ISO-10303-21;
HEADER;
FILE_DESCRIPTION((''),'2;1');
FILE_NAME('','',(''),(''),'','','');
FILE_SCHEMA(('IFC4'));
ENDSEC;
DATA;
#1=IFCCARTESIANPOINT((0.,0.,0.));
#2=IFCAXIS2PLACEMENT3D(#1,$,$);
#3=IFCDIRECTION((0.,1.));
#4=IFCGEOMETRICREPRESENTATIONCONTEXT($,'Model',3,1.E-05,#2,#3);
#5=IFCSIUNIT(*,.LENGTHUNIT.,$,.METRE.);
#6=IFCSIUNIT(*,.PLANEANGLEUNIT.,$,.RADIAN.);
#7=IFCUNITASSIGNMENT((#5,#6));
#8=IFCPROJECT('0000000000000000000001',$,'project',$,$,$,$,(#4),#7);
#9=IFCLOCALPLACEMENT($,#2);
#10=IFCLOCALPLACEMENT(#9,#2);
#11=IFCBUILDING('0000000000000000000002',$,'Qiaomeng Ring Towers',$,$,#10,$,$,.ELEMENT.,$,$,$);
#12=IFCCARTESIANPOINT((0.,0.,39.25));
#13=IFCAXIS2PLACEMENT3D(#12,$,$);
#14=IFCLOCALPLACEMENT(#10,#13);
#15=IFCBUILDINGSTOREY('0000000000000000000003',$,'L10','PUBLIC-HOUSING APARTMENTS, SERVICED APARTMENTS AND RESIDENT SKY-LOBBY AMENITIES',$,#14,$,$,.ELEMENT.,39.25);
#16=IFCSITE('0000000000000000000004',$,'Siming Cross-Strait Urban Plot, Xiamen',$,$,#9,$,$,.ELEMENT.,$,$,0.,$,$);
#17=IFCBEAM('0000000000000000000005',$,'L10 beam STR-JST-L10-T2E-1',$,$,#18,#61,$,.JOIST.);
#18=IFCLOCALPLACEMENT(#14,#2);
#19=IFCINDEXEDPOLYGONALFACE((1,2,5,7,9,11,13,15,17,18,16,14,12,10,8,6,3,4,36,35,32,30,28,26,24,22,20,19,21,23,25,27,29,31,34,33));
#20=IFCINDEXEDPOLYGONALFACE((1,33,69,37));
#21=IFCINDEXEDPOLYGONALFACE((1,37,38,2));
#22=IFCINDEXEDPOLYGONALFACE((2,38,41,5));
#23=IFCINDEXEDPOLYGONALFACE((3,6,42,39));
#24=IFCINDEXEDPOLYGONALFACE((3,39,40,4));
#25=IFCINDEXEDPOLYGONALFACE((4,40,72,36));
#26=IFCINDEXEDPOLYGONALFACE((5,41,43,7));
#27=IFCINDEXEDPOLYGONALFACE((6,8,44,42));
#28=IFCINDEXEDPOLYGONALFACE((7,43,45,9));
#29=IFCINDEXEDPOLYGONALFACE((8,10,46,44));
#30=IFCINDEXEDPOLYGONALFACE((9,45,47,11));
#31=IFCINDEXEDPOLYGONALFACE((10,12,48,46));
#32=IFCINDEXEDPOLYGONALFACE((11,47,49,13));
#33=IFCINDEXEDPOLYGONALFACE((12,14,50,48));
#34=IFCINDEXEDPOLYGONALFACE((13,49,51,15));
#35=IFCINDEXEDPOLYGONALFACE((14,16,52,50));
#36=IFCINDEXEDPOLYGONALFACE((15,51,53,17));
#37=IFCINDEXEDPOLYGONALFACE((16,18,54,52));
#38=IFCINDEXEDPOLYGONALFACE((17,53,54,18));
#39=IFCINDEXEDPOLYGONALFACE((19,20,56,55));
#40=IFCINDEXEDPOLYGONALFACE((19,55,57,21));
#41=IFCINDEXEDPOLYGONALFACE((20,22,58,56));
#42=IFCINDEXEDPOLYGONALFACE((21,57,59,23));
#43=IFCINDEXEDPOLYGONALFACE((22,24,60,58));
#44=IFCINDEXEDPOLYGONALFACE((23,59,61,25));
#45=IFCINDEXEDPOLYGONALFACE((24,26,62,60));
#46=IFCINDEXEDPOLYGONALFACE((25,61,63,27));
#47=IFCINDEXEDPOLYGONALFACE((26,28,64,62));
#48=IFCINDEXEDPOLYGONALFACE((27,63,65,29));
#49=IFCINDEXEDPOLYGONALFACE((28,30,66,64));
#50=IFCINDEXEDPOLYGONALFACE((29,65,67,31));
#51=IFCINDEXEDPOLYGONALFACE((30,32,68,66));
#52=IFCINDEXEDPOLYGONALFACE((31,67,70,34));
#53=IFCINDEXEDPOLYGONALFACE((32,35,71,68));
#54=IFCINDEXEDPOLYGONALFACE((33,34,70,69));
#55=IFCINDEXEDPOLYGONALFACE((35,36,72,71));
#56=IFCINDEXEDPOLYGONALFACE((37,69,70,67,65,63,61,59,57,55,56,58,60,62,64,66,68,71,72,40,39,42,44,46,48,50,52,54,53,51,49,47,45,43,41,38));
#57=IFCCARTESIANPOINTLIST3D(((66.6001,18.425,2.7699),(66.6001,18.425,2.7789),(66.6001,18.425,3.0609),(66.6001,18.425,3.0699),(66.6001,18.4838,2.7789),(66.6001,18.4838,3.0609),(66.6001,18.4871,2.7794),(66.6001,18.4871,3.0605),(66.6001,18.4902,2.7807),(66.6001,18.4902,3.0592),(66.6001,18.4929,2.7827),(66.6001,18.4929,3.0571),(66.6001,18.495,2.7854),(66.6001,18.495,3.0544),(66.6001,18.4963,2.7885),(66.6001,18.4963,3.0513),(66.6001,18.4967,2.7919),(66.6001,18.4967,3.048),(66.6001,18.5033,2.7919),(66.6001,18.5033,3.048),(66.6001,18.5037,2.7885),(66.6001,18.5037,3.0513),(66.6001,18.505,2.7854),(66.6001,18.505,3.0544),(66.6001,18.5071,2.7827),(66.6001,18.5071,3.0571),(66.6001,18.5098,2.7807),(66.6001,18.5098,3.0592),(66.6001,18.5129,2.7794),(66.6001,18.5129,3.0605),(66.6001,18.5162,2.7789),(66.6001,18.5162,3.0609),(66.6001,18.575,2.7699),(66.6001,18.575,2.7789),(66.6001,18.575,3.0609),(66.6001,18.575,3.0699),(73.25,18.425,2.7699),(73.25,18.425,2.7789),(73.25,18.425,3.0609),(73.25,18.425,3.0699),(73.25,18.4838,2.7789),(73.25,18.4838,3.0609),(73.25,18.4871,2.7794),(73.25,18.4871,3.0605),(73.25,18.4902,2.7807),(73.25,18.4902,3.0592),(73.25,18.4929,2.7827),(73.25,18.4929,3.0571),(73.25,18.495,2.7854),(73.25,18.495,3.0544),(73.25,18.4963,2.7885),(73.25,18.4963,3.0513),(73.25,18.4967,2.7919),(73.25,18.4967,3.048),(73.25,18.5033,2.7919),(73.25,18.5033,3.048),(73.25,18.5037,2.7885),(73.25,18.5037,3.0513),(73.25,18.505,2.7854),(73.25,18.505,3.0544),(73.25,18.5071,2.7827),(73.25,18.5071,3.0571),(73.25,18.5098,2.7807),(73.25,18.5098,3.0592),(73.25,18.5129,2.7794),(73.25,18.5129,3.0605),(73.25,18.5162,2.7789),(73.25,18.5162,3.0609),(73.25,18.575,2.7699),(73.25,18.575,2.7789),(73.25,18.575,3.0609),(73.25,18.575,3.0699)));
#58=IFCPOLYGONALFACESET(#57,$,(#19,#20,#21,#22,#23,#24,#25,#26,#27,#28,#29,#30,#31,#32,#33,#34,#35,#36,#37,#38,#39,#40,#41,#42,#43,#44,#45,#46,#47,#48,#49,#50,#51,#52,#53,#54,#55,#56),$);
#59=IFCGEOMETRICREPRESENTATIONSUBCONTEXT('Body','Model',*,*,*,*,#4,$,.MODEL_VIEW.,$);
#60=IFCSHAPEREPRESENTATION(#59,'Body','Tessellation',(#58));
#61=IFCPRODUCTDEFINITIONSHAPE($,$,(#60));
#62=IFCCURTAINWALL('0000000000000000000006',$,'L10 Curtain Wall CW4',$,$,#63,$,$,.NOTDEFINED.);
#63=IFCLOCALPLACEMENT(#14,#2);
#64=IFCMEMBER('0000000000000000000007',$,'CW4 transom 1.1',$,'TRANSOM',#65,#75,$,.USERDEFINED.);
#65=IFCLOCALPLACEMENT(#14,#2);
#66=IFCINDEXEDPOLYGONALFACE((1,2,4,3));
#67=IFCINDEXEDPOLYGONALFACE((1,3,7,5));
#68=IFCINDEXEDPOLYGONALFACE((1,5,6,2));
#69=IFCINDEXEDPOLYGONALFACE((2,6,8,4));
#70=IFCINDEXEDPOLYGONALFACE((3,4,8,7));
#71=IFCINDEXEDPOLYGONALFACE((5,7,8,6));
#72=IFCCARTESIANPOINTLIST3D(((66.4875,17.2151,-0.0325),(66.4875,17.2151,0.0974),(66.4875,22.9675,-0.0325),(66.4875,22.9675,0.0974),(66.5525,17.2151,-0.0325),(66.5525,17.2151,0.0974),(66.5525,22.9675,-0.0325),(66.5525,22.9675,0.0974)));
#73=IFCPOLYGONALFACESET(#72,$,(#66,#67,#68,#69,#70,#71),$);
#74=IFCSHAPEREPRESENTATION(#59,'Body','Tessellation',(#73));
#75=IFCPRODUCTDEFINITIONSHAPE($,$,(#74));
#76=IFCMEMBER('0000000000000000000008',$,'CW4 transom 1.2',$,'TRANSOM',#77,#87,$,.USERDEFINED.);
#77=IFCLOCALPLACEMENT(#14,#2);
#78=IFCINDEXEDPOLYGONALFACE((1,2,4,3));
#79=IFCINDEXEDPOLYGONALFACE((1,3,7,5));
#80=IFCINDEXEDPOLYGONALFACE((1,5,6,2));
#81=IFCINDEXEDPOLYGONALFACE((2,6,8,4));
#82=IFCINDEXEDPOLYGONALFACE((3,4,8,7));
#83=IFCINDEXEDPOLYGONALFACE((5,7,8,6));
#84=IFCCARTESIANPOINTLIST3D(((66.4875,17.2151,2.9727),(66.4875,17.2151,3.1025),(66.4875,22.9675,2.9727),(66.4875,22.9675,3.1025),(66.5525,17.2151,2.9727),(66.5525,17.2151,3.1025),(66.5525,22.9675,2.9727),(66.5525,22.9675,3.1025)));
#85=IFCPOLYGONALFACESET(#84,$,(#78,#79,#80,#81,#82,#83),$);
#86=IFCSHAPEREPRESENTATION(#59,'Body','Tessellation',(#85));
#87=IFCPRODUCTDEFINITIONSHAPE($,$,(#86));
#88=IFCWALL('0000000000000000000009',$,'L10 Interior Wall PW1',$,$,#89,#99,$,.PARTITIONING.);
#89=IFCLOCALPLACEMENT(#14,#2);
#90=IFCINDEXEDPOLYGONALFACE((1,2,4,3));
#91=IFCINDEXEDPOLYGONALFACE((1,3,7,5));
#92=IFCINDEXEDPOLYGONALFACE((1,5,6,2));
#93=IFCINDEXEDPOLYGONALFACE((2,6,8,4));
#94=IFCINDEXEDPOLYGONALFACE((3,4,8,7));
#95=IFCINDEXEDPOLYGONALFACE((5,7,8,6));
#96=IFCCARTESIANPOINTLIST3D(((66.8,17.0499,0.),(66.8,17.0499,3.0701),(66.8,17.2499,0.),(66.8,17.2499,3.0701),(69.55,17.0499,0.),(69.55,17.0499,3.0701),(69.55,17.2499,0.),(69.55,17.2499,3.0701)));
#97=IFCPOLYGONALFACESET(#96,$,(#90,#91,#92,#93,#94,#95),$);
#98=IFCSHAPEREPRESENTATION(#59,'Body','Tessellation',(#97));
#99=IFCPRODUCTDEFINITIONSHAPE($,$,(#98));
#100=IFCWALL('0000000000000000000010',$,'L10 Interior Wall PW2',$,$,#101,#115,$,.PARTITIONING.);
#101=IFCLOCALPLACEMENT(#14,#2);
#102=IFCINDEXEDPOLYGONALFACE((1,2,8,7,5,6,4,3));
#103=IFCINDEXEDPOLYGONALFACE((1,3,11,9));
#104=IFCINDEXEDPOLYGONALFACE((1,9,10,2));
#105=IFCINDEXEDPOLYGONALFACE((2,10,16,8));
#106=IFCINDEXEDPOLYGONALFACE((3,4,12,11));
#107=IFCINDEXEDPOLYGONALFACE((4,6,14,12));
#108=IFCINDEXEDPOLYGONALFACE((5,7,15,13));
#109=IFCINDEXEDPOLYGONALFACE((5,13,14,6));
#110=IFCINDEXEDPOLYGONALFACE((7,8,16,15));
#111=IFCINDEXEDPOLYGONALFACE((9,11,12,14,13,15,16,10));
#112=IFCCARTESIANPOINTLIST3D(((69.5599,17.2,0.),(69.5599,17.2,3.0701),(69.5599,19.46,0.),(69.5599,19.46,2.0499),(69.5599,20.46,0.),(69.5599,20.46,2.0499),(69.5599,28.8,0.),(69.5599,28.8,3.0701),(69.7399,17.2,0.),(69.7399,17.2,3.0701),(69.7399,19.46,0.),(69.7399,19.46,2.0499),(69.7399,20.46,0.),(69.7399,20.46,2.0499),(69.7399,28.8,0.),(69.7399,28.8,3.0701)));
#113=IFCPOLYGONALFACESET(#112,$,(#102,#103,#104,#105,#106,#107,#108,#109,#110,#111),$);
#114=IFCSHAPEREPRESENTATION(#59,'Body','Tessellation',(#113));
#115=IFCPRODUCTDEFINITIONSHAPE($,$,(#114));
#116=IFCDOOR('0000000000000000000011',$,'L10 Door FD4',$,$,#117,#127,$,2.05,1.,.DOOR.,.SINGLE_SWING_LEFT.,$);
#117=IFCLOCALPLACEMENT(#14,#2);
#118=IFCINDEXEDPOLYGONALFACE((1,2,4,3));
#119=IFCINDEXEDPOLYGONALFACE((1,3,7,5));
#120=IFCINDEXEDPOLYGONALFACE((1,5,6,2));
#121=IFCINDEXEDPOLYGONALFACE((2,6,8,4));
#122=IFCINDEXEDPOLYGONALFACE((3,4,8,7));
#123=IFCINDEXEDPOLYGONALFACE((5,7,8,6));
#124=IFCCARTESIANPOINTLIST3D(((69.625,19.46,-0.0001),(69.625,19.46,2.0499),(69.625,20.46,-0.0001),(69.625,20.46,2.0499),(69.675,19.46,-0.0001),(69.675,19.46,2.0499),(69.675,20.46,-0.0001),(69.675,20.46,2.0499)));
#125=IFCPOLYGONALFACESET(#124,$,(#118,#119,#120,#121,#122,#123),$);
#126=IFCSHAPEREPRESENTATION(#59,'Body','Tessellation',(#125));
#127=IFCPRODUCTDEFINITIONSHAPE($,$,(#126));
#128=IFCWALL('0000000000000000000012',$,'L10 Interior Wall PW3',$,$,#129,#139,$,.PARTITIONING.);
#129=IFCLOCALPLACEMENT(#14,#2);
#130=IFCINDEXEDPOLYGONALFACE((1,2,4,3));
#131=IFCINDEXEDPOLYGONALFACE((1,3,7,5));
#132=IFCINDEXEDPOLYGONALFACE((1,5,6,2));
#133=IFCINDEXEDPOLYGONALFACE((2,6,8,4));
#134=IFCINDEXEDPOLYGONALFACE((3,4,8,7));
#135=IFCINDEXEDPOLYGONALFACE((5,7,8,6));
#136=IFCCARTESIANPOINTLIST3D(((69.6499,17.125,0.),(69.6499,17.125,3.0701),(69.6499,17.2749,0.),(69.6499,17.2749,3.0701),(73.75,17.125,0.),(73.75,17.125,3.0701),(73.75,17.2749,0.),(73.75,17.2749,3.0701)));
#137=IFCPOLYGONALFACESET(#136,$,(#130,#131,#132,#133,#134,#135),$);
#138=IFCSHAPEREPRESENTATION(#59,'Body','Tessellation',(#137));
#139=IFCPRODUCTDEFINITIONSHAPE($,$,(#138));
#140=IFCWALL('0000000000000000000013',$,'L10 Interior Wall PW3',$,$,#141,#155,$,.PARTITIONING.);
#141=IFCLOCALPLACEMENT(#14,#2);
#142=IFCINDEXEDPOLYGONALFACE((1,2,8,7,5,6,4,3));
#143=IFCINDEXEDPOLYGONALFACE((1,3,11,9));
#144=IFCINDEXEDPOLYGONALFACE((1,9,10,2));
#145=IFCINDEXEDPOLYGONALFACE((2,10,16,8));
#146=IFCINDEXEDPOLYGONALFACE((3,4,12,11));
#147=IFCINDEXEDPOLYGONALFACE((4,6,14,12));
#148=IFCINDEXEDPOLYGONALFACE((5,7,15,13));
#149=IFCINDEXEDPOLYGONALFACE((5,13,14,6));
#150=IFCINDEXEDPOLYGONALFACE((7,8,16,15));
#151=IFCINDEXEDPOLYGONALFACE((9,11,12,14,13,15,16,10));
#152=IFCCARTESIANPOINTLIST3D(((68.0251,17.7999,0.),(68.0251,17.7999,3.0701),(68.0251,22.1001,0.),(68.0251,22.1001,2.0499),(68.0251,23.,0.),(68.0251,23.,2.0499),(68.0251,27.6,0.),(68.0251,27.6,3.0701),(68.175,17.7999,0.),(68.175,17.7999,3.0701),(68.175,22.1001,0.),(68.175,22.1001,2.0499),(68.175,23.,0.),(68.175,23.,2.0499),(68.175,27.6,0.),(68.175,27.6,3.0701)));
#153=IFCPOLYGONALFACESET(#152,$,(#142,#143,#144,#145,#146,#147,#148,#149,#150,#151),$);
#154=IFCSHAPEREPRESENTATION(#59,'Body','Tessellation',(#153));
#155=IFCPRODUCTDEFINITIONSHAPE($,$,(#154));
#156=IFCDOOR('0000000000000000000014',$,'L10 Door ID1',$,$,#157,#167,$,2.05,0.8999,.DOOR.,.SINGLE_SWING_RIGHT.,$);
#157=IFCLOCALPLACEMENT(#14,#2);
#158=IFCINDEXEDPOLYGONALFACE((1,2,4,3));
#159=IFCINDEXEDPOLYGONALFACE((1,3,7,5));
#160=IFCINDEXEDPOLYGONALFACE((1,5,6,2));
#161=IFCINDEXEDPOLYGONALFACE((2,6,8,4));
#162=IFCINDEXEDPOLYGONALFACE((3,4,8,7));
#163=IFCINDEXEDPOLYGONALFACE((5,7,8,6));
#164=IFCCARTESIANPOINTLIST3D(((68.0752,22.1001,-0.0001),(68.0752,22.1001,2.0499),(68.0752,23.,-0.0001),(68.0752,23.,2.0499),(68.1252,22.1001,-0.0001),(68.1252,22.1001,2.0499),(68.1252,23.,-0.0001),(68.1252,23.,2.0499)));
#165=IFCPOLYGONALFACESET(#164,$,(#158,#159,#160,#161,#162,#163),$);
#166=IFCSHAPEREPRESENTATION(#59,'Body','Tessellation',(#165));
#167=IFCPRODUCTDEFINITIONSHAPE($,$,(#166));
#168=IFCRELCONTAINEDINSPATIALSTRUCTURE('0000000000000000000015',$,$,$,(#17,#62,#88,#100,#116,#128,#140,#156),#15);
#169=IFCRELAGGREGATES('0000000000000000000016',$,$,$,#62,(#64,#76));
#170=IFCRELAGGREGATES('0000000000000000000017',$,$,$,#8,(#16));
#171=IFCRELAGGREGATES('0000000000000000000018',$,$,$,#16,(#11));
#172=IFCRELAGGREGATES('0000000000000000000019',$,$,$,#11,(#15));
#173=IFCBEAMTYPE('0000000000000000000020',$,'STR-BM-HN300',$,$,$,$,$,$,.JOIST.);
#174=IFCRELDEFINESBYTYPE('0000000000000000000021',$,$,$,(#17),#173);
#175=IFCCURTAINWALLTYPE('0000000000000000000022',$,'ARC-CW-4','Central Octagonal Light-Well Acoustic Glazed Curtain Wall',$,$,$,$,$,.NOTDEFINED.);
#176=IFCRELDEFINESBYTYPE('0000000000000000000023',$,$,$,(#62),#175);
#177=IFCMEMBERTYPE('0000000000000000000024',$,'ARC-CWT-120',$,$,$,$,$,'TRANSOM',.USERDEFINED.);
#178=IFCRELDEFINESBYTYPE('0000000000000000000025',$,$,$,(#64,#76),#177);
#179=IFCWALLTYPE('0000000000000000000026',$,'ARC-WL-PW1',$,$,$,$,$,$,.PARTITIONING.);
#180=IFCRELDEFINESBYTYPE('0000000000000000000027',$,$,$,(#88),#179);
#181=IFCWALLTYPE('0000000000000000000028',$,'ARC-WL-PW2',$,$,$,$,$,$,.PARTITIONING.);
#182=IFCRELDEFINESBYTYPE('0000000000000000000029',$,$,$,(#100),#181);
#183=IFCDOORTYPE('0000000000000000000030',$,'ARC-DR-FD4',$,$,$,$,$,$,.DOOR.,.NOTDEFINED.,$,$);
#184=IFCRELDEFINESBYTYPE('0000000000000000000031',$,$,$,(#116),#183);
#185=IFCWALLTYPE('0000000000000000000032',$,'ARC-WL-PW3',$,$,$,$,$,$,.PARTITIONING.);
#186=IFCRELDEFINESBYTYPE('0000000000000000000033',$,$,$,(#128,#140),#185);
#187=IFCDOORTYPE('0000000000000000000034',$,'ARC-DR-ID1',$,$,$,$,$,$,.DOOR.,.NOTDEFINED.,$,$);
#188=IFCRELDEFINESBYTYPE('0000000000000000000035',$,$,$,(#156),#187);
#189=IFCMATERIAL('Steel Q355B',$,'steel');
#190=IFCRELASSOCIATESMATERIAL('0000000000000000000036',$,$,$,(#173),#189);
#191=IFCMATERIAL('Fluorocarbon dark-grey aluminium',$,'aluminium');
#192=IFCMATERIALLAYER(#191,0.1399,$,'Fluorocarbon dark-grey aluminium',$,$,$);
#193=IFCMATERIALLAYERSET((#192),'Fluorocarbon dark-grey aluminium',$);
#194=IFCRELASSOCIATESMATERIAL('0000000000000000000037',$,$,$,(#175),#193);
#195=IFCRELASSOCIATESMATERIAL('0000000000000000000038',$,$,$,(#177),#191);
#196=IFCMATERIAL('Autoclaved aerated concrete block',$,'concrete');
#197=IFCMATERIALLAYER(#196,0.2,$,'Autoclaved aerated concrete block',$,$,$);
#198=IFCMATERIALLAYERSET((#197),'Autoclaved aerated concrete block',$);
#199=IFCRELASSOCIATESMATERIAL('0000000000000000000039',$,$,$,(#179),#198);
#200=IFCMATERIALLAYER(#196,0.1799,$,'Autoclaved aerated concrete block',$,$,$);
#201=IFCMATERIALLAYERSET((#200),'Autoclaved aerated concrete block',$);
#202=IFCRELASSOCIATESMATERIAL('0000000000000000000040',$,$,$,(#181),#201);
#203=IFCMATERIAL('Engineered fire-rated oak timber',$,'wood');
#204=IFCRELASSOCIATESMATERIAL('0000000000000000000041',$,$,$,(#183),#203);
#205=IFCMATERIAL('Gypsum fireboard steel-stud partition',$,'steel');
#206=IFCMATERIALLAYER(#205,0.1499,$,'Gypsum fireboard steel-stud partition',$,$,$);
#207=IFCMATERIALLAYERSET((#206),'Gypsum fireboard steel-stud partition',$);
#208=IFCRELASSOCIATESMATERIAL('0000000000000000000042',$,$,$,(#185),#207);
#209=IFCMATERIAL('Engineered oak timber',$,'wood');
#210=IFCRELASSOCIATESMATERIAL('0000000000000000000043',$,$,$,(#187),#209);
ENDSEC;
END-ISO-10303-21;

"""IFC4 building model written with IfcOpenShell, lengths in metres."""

from ifc_helpers import new_model, si_unit, direction, frame, frame_2d, origin, origin_2d, place, context, subcontext, project, spatial, rectangle, i_section, extrude, source, transform, mapped, material, layer, layer_set, material_profile, profile_set, type_object, element, fill, aggregate, save


model = new_model("IFC4")

# Units and contexts
model_context = context("Model", 3, precision=1e-05, world=origin(), true_north=direction((0.0, 1.0)))
body_context = subcontext(model_context, "Body", "Model", "MODEL_VIEW")
ifc_project = project(units=[si_unit("LENGTHUNIT", "METRE"), si_unit("PLANEANGLEUNIT", "RADIAN")], contexts=[model_context])

# Site, building, storey
site_placement = place(None, origin())
site = spatial("IfcSite", under=ifc_project, at=site_placement, Name="Siming Cross-Strait Urban Plot, Xiamen", CompositionType="ELEMENT", RefElevation=0.0)
building_placement = place(site_placement, origin())
building = spatial("IfcBuilding", under=site, at=building_placement, Name="Qiaomeng Ring Towers", CompositionType="ELEMENT")
storey_placement = place(building_placement, frame((0.0, 0.0, 39.25)))
storey = spatial("IfcBuildingStorey", under=building, at=storey_placement, Name="L10", Description="PUBLIC-HOUSING APARTMENTS, SERVICED APARTMENTS AND RESIDENT SKY-LOBBY AMENITIES", CompositionType="ELEMENT", Elevation=39.25)

# Beam
ifc_material_1 = material(Name="Steel Q355B", Category="steel")
ifc_material_profile_1 = material_profile(ifc_material_1, i_section(OverallWidth=0.1499, OverallDepth=0.3, WebThickness=0.0066, FlangeThickness=0.009, FilletRadius=0.0129, at=origin_2d()), Name="HN 300x150x6.5x9")
ifc_profile_set_1 = profile_set([ifc_material_profile_1], Name="Steel Q355B")
beam_type_1 = type_object("IfcBeamType", Name="STR-BM-HN300", PredefinedType="JOIST", material=ifc_profile_set_1)
shared_shape_1 = source(origin(), body_context, "Body", "SweptSolid", [
    extrude(i_section(OverallWidth=0.1499, OverallDepth=0.3, WebThickness=0.0066, FlangeThickness=0.009, FilletRadius=0.0129, at=origin_2d()), origin(), (0.0, 0.0, 1.0), 6.6499),
])
beam_1_placement = place(storey_placement, frame((66.6001, 18.5, 2.9199), z_axis=(1.0, 0.0, 0.0), x_axis=(0.0, 1.0, 0.0)))
element("IfcBeam", 1, at=beam_1_placement, inside=storey, type_object=beam_type_1, Name="L10 beam STR-JST-L10-T2E-1", PredefinedType="JOIST", context=body_context, shape_type="MappedRepresentation", body=[
    mapped(shared_shape_1, transform((0.0, 0.0, 0.0), x_axis=(1.0, 0.0, 0.0), y_axis=(0.0, 1.0, 0.0), z_axis=(0.0, 0.0, 1.0), scale=1.0)),
])

# Curtain wall, members
ifc_material_2 = material(Name="Fluorocarbon dark-grey aluminium", Category="aluminium")
ifc_layer_1 = layer(ifc_material_2, 0.1399, Name="Fluorocarbon dark-grey aluminium")
ifc_layer_set_1 = layer_set([ifc_layer_1], Name="Fluorocarbon dark-grey aluminium")
curtain_wall_type = type_object("IfcCurtainWallType", Name="ARC-CW-4", Description="Central Octagonal Light-Well Acoustic Glazed Curtain Wall", PredefinedType="NOTDEFINED", material=ifc_layer_set_1)
curtain_wall_placement = place(storey_placement, origin())
curtain_wall = element("IfcCurtainWall", 2, at=curtain_wall_placement, inside=storey, type_object=curtain_wall_type, Name="L10 Curtain Wall CW4", PredefinedType="NOTDEFINED")
ifc_material_profile_2 = material_profile(ifc_material_2, rectangle(XDim=0.0649, YDim=0.1299, at=origin_2d()), Name="ALU TRAN 65x130")
ifc_profile_set_2 = profile_set([ifc_material_profile_2], Name="Fluorocarbon dark-grey aluminium")
member_type = type_object("IfcMemberType", Name="ARC-CWT-120", ElementType="TRANSOM", PredefinedType="USERDEFINED", material=ifc_profile_set_2)
shared_shape_2 = source(origin(), body_context, "Body", "SweptSolid", [
    extrude(rectangle(XDim=0.0649, YDim=0.1299, at=origin_2d()), origin(), (0.0, 0.0, 1.0), 5.7524),
])
member_1_placement = place(storey_placement, frame((66.52, 17.2151, 0.0325), z_axis=(0.0, 1.0, 0.0), x_axis=(-1.0, 0.0, 0.0)))
member_1 = element("IfcMember", 3, at=member_1_placement, type_object=member_type, Name="CW4 transom 1.1", ObjectType="TRANSOM", PredefinedType="USERDEFINED", context=body_context, shape_type="MappedRepresentation", body=[
    mapped(shared_shape_2, transform((0.0, 0.0, 0.0), x_axis=(1.0, 0.0, 0.0), y_axis=(0.0, 1.0, 0.0), z_axis=(0.0, 0.0, 1.0), scale=1.0)),
])
member_2_placement = place(storey_placement, frame((66.52, 17.2151, 3.0376), z_axis=(0.0, 1.0, 0.0), x_axis=(-1.0, 0.0, 0.0)))
member_2 = element("IfcMember", 4, at=member_2_placement, type_object=member_type, Name="CW4 transom 1.2", ObjectType="TRANSOM", PredefinedType="USERDEFINED", context=body_context, shape_type="MappedRepresentation", body=[
    mapped(shared_shape_2, transform((0.0, 0.0, 0.0), x_axis=(1.0, 0.0, 0.0), y_axis=(0.0, 1.0, 0.0), z_axis=(0.0, 0.0, 1.0), scale=1.0)),
])
aggregate(curtain_wall, [member_1, member_2])

# Wall
ifc_material_3 = material(Name="Autoclaved aerated concrete block", Category="concrete")
ifc_layer_2 = layer(ifc_material_3, 0.2, Name="Autoclaved aerated concrete block")
ifc_layer_set_2 = layer_set([ifc_layer_2], Name="Autoclaved aerated concrete block")
wall_type_1 = type_object("IfcWallType", Name="ARC-WL-PW1", PredefinedType="PARTITIONING", material=ifc_layer_set_2)
wall_1_placement = place(storey_placement, frame((66.8, 17.1499, 0.0), z_axis=(0.0, 0.0, 1.0), x_axis=(1.0, 0.0, 0.0)))
element("IfcWall", 5, at=wall_1_placement, inside=storey, type_object=wall_type_1, Name="L10 Interior Wall PW1", PredefinedType="PARTITIONING", context=body_context, shape_type="SweptSolid", body=[
    extrude(rectangle(XDim=2.75, YDim=0.2, at=frame_2d((1.375, 0.0))), origin(), (0.0, 0.0, 1.0), 3.0701),
])

# Wall, opening, door
ifc_layer_3 = layer(ifc_material_3, 0.1799, Name="Autoclaved aerated concrete block")
ifc_layer_set_3 = layer_set([ifc_layer_3], Name="Autoclaved aerated concrete block")
wall_type_2 = type_object("IfcWallType", Name="ARC-WL-PW2", PredefinedType="PARTITIONING", material=ifc_layer_set_3)
wall_2_placement = place(storey_placement, frame((69.6499, 17.2, 0.0), z_axis=(0.0, 0.0, 1.0), x_axis=(0.0, 1.0, 0.0)))
wall_2 = element("IfcWall", 6, at=wall_2_placement, inside=storey, type_object=wall_type_2, Name="L10 Interior Wall PW2", PredefinedType="PARTITIONING", context=body_context, shape_type="SweptSolid", body=[
    extrude(rectangle(XDim=11.6001, YDim=0.1799, at=frame_2d((5.8, 0.0))), origin(), (0.0, 0.0, 1.0), 3.0701),
])
opening_1_placement = place(wall_2_placement, frame((2.26, 0.0, 0.0)))
opening_1 = element("IfcOpeningElement", 7, at=opening_1_placement, cuts=wall_2, PredefinedType="OPENING", context=body_context, shape_type="SweptSolid", body=[
    extrude(rectangle(XDim=1.0, YDim=2.05, at=frame_2d((0.5, 1.0249))), frame((0.0, 0.0999, 0.0), z_axis=(0.0, -1.0, 0.0), x_axis=(1.0, 0.0, 0.0)), (0.0, 0.0, 1.0), 0.2),
])
ifc_material_4 = material(Name="Engineered fire-rated oak timber", Category="wood")
door_type_1 = type_object("IfcDoorType", Name="ARC-DR-FD4", OperationType="NOTDEFINED", PredefinedType="DOOR", material=ifc_material_4)
shared_shape_3 = source(origin(), body_context, "Body", "SweptSolid", [
    extrude(rectangle(XDim=1.0, YDim=2.05, at=frame_2d((0.5, 1.0249))), frame((0.0, 0.0249, 0.0), z_axis=(0.0, -1.0, 0.0), x_axis=(1.0, 0.0, 0.0)), (0.0, 0.0, 1.0), 0.05),
])
door_1_placement = place(opening_1_placement, origin())
door_1 = element("IfcDoor", 8, at=door_1_placement, inside=storey, type_object=door_type_1, Name="L10 Door FD4", OperationType="SINGLE_SWING_LEFT", OverallHeight=2.05, OverallWidth=1.0, PredefinedType="DOOR", context=body_context, shape_type="MappedRepresentation", body=[
    mapped(shared_shape_3, transform((0.0, 0.0, 0.0), x_axis=(1.0, 0.0, 0.0), y_axis=(0.0, 1.0, 0.0), z_axis=(0.0, 0.0, 1.0), scale=1.0)),
])
fill(opening_1, door_1)

# Wall
ifc_material_5 = material(Name="Gypsum fireboard steel-stud partition", Category="steel")
ifc_layer_4 = layer(ifc_material_5, 0.1499, Name="Gypsum fireboard steel-stud partition")
ifc_layer_set_4 = layer_set([ifc_layer_4], Name="Gypsum fireboard steel-stud partition")
wall_type_3 = type_object("IfcWallType", Name="ARC-WL-PW3", PredefinedType="PARTITIONING", material=ifc_layer_set_4)
wall_3_placement = place(storey_placement, frame((69.6499, 17.2, 0.0), z_axis=(0.0, 0.0, 1.0), x_axis=(1.0, 0.0, 0.0)))
element("IfcWall", 9, at=wall_3_placement, inside=storey, type_object=wall_type_3, Name="L10 Interior Wall PW3", PredefinedType="PARTITIONING", context=body_context, shape_type="SweptSolid", body=[
    extrude(rectangle(XDim=4.1001, YDim=0.1499, at=frame_2d((2.05, 0.0))), origin(), (0.0, 0.0, 1.0), 3.0701),
])

# Wall, opening, door
wall_4_placement = place(storey_placement, frame((68.1001, 17.8, 0.0), z_axis=(0.0, 0.0, 1.0), x_axis=(0.0, 1.0, 0.0)))
wall_4 = element("IfcWall", 10, at=wall_4_placement, inside=storey, type_object=wall_type_3, Name="L10 Interior Wall PW3", PredefinedType="PARTITIONING", context=body_context, shape_type="SweptSolid", body=[
    extrude(rectangle(XDim=9.8, YDim=0.1499, at=frame_2d((4.8999, 0.0))), origin(), (0.0, 0.0, 1.0), 3.0701),
])
opening_2_placement = place(wall_4_placement, frame((4.3, 0.0, 0.0)))
opening_2 = element("IfcOpeningElement", 11, at=opening_2_placement, cuts=wall_4, PredefinedType="OPENING", context=body_context, shape_type="SweptSolid", body=[
    extrude(rectangle(XDim=0.8999, YDim=2.05, at=frame_2d((0.45, 1.0249))), frame((0.0, 0.085, 0.0), z_axis=(0.0, -1.0, 0.0), x_axis=(1.0, 0.0, 0.0)), (0.0, 0.0, 1.0), 0.1699),
])
ifc_material_6 = material(Name="Engineered oak timber", Category="wood")
door_type_2 = type_object("IfcDoorType", Name="ARC-DR-ID1", OperationType="NOTDEFINED", PredefinedType="DOOR", material=ifc_material_6)
shared_shape_4 = source(origin(), body_context, "Body", "SweptSolid", [
    extrude(rectangle(XDim=0.8999, YDim=2.05, at=frame_2d((0.45, 1.0249))), frame((0.0, 0.0249, 0.0), z_axis=(0.0, -1.0, 0.0), x_axis=(1.0, 0.0, 0.0)), (0.0, 0.0, 1.0), 0.05),
])
door_2_placement = place(opening_2_placement, origin())
door_2 = element("IfcDoor", 12, at=door_2_placement, inside=storey, type_object=door_type_2, Name="L10 Door ID1", OperationType="SINGLE_SWING_RIGHT", OverallHeight=2.05, OverallWidth=0.8999, PredefinedType="DOOR", context=body_context, shape_type="MappedRepresentation", body=[
    mapped(shared_shape_4, transform((0.0, 0.0, 0.0), x_axis=(1.0, 0.0, 0.0), y_axis=(0.0, 1.0, 0.0), z_axis=(0.0, 0.0, 1.0), scale=1.0)),
])
fill(opening_2, door_2)

save(model, "model.ifc")
